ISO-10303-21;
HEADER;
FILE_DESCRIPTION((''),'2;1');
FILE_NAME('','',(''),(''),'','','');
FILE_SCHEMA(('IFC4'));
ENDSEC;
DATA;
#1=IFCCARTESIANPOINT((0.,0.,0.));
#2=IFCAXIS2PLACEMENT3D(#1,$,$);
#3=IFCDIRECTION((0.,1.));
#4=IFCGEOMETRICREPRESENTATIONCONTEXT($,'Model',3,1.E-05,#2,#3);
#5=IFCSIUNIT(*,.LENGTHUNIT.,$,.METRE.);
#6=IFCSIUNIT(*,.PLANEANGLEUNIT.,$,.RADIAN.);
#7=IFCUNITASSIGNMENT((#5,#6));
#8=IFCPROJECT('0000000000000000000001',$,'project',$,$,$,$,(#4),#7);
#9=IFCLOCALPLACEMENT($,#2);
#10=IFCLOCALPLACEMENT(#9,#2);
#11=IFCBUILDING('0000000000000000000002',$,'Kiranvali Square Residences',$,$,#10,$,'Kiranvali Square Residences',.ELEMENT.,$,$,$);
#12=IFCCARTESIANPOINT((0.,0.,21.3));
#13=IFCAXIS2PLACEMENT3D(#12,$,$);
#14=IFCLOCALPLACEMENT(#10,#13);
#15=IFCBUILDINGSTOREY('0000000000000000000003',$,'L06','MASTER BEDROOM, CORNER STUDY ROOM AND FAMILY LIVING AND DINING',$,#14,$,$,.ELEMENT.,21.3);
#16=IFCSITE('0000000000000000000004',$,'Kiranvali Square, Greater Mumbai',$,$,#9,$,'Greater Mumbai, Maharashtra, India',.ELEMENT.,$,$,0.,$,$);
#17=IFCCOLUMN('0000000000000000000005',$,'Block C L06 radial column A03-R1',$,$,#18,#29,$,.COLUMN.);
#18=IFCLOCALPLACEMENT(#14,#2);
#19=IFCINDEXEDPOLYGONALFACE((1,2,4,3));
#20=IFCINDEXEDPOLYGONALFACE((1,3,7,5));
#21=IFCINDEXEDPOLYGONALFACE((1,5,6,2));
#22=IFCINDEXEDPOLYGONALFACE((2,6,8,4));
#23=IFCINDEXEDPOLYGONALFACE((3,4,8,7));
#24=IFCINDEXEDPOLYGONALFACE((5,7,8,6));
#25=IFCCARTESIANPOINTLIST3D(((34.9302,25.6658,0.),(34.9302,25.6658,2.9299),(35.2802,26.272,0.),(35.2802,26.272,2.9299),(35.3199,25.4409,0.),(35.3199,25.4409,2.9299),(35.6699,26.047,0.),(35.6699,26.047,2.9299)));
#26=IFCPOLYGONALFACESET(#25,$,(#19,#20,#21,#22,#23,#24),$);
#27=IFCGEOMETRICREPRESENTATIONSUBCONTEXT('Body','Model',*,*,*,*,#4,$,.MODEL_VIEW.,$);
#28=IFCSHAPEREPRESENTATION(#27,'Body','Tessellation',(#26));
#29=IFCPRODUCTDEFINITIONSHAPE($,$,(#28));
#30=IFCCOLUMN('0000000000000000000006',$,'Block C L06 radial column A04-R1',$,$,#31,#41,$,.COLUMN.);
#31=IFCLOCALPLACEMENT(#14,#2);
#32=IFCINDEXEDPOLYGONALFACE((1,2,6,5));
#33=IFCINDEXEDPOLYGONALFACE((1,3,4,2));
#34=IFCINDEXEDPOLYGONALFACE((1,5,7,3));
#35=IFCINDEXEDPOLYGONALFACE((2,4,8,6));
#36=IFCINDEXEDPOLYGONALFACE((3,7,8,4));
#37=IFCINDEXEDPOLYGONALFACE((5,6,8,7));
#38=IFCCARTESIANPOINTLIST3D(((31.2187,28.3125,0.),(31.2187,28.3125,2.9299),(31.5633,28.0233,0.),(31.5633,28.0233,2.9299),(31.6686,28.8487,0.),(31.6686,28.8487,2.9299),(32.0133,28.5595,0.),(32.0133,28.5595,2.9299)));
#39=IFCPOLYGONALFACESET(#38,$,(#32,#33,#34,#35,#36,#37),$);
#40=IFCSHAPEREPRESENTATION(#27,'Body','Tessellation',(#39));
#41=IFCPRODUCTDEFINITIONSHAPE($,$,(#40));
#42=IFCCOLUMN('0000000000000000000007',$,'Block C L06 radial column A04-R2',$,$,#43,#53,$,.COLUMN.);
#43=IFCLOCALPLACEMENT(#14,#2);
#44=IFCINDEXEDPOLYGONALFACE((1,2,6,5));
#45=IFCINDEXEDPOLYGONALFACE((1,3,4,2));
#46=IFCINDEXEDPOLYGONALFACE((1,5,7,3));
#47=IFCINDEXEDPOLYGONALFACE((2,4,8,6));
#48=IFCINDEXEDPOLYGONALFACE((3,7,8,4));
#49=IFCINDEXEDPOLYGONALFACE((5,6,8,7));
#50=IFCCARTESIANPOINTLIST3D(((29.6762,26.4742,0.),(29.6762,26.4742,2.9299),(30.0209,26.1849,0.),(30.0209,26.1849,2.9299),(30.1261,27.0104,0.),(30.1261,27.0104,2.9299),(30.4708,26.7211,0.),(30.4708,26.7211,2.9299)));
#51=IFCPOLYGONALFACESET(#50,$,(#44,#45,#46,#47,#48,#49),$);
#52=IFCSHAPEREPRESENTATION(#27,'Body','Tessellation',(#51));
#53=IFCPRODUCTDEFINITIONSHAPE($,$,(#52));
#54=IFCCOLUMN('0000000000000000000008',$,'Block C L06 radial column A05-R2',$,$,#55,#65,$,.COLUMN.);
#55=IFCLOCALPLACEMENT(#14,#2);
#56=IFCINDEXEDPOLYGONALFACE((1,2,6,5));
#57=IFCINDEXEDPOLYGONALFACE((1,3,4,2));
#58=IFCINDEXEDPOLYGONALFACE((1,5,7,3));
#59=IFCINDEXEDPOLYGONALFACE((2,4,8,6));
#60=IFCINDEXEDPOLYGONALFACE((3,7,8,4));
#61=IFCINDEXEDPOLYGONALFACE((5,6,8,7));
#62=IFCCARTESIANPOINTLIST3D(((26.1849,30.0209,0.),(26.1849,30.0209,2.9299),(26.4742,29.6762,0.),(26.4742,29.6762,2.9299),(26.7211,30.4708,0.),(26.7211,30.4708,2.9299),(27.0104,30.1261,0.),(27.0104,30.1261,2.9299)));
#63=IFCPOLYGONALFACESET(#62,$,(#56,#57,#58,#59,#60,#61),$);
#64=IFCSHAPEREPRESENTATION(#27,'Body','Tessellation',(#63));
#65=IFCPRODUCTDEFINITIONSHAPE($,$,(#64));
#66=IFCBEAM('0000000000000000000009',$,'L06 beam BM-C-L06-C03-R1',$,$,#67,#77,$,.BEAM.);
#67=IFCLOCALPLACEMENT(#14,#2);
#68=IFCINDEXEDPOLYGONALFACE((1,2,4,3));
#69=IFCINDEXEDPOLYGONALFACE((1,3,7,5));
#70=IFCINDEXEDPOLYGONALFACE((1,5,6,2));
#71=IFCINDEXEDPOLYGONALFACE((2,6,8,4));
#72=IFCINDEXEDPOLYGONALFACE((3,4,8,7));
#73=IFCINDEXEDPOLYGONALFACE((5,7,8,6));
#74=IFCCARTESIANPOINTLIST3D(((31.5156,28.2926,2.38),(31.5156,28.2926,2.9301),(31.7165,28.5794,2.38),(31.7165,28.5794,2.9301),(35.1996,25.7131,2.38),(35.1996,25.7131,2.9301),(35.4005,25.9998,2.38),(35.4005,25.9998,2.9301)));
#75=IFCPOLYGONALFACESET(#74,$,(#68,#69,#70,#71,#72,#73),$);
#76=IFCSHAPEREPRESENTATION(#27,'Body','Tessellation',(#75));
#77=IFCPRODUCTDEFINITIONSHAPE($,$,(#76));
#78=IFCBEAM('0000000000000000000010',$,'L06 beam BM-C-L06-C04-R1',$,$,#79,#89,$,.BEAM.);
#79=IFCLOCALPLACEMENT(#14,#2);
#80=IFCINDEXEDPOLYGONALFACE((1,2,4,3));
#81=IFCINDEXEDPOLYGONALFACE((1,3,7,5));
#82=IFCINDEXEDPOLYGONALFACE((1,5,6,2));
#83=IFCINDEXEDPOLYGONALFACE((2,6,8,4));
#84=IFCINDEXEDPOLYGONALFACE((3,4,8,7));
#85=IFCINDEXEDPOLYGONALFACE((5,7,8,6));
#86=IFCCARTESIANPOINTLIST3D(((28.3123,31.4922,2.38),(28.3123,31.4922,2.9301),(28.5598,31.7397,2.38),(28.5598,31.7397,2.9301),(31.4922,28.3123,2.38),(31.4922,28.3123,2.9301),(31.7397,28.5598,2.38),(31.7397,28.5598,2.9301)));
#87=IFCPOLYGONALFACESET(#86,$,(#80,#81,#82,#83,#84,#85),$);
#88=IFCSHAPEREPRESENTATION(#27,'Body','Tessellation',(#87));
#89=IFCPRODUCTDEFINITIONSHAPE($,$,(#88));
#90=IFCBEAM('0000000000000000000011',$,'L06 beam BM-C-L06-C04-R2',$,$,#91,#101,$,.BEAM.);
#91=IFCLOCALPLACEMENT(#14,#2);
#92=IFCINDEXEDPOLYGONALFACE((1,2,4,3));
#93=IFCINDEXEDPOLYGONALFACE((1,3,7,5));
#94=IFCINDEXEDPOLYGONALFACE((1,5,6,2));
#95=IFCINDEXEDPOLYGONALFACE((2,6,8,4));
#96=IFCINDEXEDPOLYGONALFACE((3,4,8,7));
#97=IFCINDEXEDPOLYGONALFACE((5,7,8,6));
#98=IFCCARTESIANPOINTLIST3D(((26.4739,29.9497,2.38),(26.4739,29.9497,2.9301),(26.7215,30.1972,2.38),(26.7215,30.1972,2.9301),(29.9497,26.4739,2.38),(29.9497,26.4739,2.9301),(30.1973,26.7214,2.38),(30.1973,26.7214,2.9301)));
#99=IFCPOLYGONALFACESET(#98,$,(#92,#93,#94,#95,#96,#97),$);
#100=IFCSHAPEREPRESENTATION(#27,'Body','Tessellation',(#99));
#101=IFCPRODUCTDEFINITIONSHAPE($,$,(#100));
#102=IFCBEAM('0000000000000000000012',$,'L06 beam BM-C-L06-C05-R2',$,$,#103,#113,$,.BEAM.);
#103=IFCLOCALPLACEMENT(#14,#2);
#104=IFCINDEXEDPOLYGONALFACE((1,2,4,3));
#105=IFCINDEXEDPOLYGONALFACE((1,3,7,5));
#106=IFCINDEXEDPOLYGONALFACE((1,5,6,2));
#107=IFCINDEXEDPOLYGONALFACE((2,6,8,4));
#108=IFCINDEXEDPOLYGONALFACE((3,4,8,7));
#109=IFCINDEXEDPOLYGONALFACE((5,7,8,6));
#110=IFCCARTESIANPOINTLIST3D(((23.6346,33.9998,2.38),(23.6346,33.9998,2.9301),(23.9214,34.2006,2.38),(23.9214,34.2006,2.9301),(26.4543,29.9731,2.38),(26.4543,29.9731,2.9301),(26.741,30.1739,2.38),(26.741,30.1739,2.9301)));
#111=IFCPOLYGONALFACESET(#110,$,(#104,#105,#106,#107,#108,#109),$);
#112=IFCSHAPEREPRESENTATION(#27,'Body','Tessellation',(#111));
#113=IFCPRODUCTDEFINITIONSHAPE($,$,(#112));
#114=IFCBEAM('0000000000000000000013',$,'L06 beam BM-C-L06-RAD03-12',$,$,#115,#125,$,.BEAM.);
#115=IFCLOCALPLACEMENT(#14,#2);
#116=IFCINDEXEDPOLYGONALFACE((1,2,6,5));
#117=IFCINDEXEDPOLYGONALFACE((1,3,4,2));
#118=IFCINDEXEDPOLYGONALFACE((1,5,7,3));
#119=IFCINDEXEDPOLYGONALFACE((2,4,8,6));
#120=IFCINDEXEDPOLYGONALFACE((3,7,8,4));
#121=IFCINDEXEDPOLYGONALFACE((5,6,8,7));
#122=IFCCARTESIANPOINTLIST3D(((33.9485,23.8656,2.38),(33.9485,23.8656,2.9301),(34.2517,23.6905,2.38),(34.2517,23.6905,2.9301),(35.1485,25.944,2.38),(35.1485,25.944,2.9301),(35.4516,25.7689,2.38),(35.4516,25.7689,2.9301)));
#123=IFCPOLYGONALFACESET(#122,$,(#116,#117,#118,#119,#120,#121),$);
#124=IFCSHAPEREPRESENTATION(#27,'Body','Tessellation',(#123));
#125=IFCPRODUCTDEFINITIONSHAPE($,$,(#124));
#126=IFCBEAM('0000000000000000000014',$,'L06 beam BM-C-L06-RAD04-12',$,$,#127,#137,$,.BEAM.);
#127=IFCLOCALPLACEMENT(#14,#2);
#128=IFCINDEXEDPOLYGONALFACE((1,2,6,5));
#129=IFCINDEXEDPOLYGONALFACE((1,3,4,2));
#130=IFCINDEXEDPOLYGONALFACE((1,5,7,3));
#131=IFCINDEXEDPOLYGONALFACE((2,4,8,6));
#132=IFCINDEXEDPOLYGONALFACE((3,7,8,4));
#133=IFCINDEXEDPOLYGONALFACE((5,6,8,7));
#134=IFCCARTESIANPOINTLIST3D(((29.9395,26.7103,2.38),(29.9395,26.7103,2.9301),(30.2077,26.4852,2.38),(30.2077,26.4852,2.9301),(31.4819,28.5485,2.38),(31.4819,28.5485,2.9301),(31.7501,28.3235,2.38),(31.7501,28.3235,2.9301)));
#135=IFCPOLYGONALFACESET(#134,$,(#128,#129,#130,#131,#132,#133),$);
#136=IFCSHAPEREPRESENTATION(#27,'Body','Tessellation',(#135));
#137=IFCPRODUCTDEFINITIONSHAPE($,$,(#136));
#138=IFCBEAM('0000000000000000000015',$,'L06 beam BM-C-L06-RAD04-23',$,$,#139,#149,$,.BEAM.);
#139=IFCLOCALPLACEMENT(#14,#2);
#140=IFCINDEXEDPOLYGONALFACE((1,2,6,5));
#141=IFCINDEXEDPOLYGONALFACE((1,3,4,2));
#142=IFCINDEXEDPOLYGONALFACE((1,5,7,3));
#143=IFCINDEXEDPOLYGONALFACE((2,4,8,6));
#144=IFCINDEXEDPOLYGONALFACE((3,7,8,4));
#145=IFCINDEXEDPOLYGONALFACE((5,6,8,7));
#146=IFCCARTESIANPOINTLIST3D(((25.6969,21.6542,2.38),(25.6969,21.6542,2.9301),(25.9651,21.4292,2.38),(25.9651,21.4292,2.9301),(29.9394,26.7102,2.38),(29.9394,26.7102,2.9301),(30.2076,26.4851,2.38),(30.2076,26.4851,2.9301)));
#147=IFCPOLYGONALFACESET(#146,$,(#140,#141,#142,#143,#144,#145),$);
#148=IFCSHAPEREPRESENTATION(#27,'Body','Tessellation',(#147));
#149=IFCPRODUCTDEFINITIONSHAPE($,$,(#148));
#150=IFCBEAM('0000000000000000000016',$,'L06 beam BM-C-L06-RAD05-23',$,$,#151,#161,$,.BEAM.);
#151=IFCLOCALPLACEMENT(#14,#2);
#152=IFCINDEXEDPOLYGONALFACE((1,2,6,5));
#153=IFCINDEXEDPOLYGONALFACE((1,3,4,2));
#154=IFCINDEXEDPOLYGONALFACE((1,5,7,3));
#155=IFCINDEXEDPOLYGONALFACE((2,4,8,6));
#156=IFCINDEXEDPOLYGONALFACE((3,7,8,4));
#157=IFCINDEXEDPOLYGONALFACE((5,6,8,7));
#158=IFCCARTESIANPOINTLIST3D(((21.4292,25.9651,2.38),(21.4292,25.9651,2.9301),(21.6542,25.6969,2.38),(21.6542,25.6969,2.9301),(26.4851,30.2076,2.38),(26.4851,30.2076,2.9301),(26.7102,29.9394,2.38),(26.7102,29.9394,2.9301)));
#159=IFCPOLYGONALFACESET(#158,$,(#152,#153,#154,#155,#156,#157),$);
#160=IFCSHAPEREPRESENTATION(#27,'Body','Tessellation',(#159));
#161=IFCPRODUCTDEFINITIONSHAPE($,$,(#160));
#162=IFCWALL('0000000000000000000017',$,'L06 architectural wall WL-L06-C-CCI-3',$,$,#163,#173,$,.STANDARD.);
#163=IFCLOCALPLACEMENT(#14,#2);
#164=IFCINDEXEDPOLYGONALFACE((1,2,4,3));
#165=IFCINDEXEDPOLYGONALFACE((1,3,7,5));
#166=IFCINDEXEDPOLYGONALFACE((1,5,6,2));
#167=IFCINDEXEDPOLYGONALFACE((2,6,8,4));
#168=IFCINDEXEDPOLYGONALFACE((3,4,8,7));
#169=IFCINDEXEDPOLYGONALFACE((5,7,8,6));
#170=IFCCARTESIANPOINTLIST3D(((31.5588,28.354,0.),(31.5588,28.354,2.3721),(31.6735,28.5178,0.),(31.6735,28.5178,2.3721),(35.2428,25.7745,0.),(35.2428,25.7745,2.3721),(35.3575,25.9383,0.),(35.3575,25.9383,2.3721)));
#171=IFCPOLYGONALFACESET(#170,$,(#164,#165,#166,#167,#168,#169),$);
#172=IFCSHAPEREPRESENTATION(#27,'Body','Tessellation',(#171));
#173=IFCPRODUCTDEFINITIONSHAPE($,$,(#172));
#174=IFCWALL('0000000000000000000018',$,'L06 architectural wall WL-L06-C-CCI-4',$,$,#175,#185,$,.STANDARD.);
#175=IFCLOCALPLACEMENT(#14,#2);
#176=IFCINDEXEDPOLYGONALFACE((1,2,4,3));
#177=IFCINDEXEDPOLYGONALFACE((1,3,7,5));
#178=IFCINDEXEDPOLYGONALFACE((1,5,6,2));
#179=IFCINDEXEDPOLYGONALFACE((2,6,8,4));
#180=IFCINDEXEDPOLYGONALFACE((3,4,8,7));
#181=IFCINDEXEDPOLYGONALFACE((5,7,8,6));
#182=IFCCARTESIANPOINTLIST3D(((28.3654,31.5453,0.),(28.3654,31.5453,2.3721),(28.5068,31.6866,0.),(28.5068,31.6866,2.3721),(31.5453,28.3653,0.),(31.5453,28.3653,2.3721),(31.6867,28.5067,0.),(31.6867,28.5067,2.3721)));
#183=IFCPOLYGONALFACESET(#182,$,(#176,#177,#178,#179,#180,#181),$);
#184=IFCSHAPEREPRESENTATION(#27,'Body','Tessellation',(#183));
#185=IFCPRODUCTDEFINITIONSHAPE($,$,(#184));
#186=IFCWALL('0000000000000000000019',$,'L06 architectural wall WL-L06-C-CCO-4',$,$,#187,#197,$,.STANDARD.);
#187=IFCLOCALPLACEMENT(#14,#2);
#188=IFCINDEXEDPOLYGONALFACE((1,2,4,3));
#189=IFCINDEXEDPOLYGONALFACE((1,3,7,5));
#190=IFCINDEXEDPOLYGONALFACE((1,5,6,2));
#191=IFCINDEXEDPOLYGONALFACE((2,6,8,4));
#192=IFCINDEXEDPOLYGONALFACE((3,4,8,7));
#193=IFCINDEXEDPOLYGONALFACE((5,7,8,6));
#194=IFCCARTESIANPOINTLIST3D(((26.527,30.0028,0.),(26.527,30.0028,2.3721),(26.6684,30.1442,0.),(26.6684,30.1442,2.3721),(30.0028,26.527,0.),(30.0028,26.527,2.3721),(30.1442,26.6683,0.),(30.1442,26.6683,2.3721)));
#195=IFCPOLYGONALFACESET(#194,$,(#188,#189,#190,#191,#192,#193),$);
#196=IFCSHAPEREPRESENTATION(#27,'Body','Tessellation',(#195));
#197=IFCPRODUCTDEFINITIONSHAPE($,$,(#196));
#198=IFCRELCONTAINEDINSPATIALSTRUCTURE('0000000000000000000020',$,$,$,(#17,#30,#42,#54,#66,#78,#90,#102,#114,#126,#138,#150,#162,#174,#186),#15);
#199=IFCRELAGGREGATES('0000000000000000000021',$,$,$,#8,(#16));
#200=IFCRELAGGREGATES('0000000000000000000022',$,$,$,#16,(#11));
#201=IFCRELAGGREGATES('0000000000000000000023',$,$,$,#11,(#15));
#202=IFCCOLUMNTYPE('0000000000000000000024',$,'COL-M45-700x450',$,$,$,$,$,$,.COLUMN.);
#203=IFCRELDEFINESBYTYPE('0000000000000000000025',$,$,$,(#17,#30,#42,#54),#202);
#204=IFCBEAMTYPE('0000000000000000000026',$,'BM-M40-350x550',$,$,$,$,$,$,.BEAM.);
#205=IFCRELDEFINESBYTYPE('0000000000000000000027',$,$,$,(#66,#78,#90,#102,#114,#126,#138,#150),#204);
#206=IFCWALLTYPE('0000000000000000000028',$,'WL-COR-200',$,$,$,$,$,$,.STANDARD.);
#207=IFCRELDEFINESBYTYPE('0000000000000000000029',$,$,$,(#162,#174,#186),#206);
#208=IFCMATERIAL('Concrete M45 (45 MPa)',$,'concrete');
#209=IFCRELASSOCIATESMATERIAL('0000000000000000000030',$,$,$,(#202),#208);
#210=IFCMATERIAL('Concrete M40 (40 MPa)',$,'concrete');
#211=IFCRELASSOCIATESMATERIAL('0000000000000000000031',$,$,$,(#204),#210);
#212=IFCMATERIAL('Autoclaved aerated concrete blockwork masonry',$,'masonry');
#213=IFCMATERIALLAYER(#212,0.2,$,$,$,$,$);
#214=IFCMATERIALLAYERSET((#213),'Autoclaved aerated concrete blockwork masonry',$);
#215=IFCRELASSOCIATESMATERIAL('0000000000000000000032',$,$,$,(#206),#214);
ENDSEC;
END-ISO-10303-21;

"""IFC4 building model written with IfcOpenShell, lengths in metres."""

from ifc_helpers import new_model, si_unit, direction, frame, frame_2d, origin, origin_2d, place, context, subcontext, project, spatial, rectangle, extrude, material, layer, layer_set, material_profile, profile_set, type_object, element, save


model = new_model("IFC4")

# Units and contexts
model_context = context("Model", 3, precision=1e-05, world=origin(), true_north=direction((0.0, 1.0)))
body_context = subcontext(model_context, "Body", "Model", "MODEL_VIEW")
ifc_project = project(units=[si_unit("LENGTHUNIT", "METRE"), si_unit("PLANEANGLEUNIT", "RADIAN")], contexts=[model_context])

# Site, building, storey
site_placement = place(None, origin())
site = spatial("IfcSite", under=ifc_project, at=site_placement, Name="Kiranvali Square, Greater Mumbai", LongName="Greater Mumbai, Maharashtra, India", CompositionType="ELEMENT", RefElevation=0.0)
building_placement = place(site_placement, origin())
building = spatial("IfcBuilding", under=site, at=building_placement, Name="Kiranvali Square Residences", LongName="Kiranvali Square Residences", CompositionType="ELEMENT")
storey_placement = place(building_placement, frame((0.0, 0.0, 21.3)))
storey = spatial("IfcBuildingStorey", under=building, at=storey_placement, Name="L06", Description="MASTER BEDROOM, CORNER STUDY ROOM AND FAMILY LIVING AND DINING", CompositionType="ELEMENT", Elevation=21.3)

# Columns
ifc_material_1 = material(Name="Concrete M45 (45 MPa)", Category="concrete")
ifc_material_profile_1 = material_profile(ifc_material_1, rectangle(XDim=0.45, YDim=0.7, at=origin_2d()), Name="RC 700x450")
ifc_profile_set_1 = profile_set([ifc_material_profile_1], Name="Concrete M45 (45 MPa)")
column_type = type_object("IfcColumnType", Name="COL-M45-700x450", PredefinedType="COLUMN", material=ifc_profile_set_1)
for number, where, z_axis, x_axis, name in (
    (1, (35.3, 25.8564, 0.0), (0.0, 0.0, 1.0), (-0.866025, 0.5, 0.0), "Block C L06 radial column A03-R1"),
    (2, (31.616, 28.436, 0.0), (0.0, 0.0, 1.0), (-0.766044, 0.642788, 0.0), "Block C L06 radial column A04-R1"),
    (3, (30.0735, 26.5977, 0.0), (0.0, 0.0, 1.0), (-0.766044, 0.642788, 0.0), "Block C L06 radial column A04-R2"),
    (4, (26.5977, 30.0735, 0.0), (0.0, 0.0, 1.0), (-0.642788, 0.766044, 0.0), "Block C L06 radial column A05-R2"),
):
    element("IfcColumn", number, at=place(storey_placement, frame(where, z_axis=z_axis, x_axis=x_axis)), inside=storey, type_object=column_type, Name=name, PredefinedType="COLUMN", context=body_context, shape_type="SweptSolid", body=[
        extrude(rectangle(XDim=0.45, YDim=0.7, at=origin_2d()), origin(), (0.0, 0.0, 1.0), 2.9299),
    ])

# Beams
ifc_material_2 = material(Name="Concrete M40 (40 MPa)", Category="concrete")
ifc_material_profile_2 = material_profile(ifc_material_2, rectangle(XDim=0.3501, YDim=0.55, at=origin_2d()), Name="RC 350x550")
ifc_profile_set_2 = profile_set([ifc_material_profile_2], Name="Concrete M40 (40 MPa)")
beam_type = type_object("IfcBeamType", Name="BM-M40-350x550", PredefinedType="BEAM", material=ifc_profile_set_2)
beam_1_placement = place(storey_placement, frame((35.3, 25.8564, 2.655), z_axis=(-0.819155, 0.573572, 0.0), x_axis=(-0.573572, -0.819155, 0.0)))
element("IfcBeam", 5, at=beam_1_placement, inside=storey, type_object=beam_type, Name="L06 beam BM-C-L06-C03-R1", PredefinedType="BEAM", context=body_context, shape_type="SweptSolid", body=[
    extrude(rectangle(XDim=0.3501, YDim=0.55, at=origin_2d()), origin(), (0.0, 0.0, 1.0), 4.4973),
])
beam_2_placement = place(storey_placement, frame((31.616, 28.436, 2.655), z_axis=(-0.707107, 0.707107, 0.0), x_axis=(-0.707107, -0.707107, 0.0)))
element("IfcBeam", 6, at=beam_2_placement, inside=storey, type_object=beam_type, Name="L06 beam BM-C-L06-C04-R1", PredefinedType="BEAM", context=body_context, shape_type="SweptSolid", body=[
    extrude(rectangle(XDim=0.3501, YDim=0.55, at=origin_2d()), origin(), (0.0, 0.0, 1.0), 4.4971),
])
beam_3_placement = place(storey_placement, frame((30.0735, 26.5977, 2.655), z_axis=(-0.707107, 0.707107, 0.0), x_axis=(-0.707107, -0.707107, 0.0)))
element("IfcBeam", 7, at=beam_3_placement, inside=storey, type_object=beam_type, Name="L06 beam BM-C-L06-C04-R2", PredefinedType="BEAM", context=body_context, shape_type="SweptSolid", body=[
    extrude(rectangle(XDim=0.3501, YDim=0.55, at=origin_2d()), origin(), (0.0, 0.0, 1.0), 4.9155),
])
beam_4_placement = place(storey_placement, frame((26.5977, 30.0735, 2.655), z_axis=(-0.573592, 0.819141, 0.0), x_axis=(-0.819141, -0.573592, 0.0)))
element("IfcBeam", 8, at=beam_4_placement, inside=storey, type_object=beam_type, Name="L06 beam BM-C-L06-C05-R2", PredefinedType="BEAM", context=body_context, shape_type="SweptSolid", body=[
    extrude(rectangle(XDim=0.3501, YDim=0.55, at=origin_2d()), origin(), (0.0, 0.0, 1.0), 4.9158),
])
beam_5_placement = place(storey_placement, frame((35.3, 25.8564, 2.655), z_axis=(-0.500001, -0.866025, 0.0), x_axis=(0.866025, -0.500001, 0.0)))
element("IfcBeam", 9, at=beam_5_placement, inside=storey, type_object=beam_type, Name="L06 beam BM-C-L06-RAD03-12", PredefinedType="BEAM", context=body_context, shape_type="SweptSolid", body=[
    extrude(rectangle(XDim=0.3501, YDim=0.55, at=origin_2d()), origin(), (0.0, 0.0, 1.0), 2.3999),
])
beam_6_placement = place(storey_placement, frame((31.616, 28.436, 2.655), z_axis=(-0.642763, -0.766065, 0.0), x_axis=(0.766065, -0.642763, 0.0)))
element("IfcBeam", 10, at=beam_6_placement, inside=storey, type_object=beam_type, Name="L06 beam BM-C-L06-RAD04-12", PredefinedType="BEAM", context=body_context, shape_type="SweptSolid", body=[
    extrude(rectangle(XDim=0.3501, YDim=0.55, at=origin_2d()), origin(), (0.0, 0.0, 1.0), 2.3997),
])
for number, where, z_axis, x_axis, name in (
    (11, (30.0735, 26.5977, 2.655), (-0.642789, -0.766043, 0.0), (0.766043, -0.642789, 0.0), "L06 beam BM-C-L06-RAD04-23"),
    (12, (26.5977, 30.0735, 2.655), (-0.766043, -0.642789, 0.0), (0.642789, -0.766043, 0.0), "L06 beam BM-C-L06-RAD05-23"),
):
    element("IfcBeam", number, at=place(storey_placement, frame(where, z_axis=z_axis, x_axis=x_axis)), inside=storey, type_object=beam_type, Name=name, PredefinedType="BEAM", context=body_context, shape_type="SweptSolid", body=[
        extrude(rectangle(XDim=0.3501, YDim=0.55, at=origin_2d()), origin(), (0.0, 0.0, 1.0), 6.6001),
    ])

# Wall
ifc_material_3 = material(Name="Autoclaved aerated concrete blockwork masonry", Category="masonry")
ifc_layer_1 = layer(ifc_material_3, 0.2)
ifc_layer_set_1 = layer_set([ifc_layer_1], Name="Autoclaved aerated concrete blockwork masonry")
wall_type_1 = type_object("IfcWallType", Name="WL-COR-200", PredefinedType="STANDARD", material=ifc_layer_set_1)
wall_1_placement = place(storey_placement, frame((35.3, 25.8564, 0.0), z_axis=(0.0, 0.0, 1.0), x_axis=(-0.819155, 0.573572, 0.0)))
element("IfcWall", 13, at=wall_1_placement, inside=storey, type_object=wall_type_1, Name="L06 architectural wall WL-L06-C-CCI-3", PredefinedType="STANDARD", context=body_context, shape_type="SweptSolid", body=[
    extrude(rectangle(XDim=4.4973, YDim=0.2, at=frame_2d((2.2485, 0.0))), origin(), (0.0, 0.0, 1.0), 2.3721),
])

# Walls
wall_2_placement = place(storey_placement, frame((31.616, 28.436, 0.0), z_axis=(0.0, 0.0, 1.0), x_axis=(-0.707107, 0.707107, 0.0)))
element("IfcWall", 14, at=wall_2_placement, inside=storey, type_object=wall_type_1, Name="L06 architectural wall WL-L06-C-CCI-4", PredefinedType="STANDARD", context=body_context, shape_type="SweptSolid", body=[
    extrude(rectangle(XDim=4.4971, YDim=0.2, at=frame_2d((2.2485, 0.0))), origin(), (0.0, 0.0, 1.0), 2.3721),
])
wall_3_placement = place(storey_placement, frame((30.0735, 26.5977, 0.0), z_axis=(0.0, 0.0, 1.0), x_axis=(-0.707107, 0.707107, 0.0)))
element("IfcWall", 15, at=wall_3_placement, inside=storey, type_object=wall_type_1, Name="L06 architectural wall WL-L06-C-CCO-4", PredefinedType="STANDARD", context=body_context, shape_type="SweptSolid", body=[
    extrude(rectangle(XDim=4.9155, YDim=0.2, at=frame_2d((2.4578, 0.0))), origin(), (0.0, 0.0, 1.0), 2.3721),
])

save(model, "model.ifc")
